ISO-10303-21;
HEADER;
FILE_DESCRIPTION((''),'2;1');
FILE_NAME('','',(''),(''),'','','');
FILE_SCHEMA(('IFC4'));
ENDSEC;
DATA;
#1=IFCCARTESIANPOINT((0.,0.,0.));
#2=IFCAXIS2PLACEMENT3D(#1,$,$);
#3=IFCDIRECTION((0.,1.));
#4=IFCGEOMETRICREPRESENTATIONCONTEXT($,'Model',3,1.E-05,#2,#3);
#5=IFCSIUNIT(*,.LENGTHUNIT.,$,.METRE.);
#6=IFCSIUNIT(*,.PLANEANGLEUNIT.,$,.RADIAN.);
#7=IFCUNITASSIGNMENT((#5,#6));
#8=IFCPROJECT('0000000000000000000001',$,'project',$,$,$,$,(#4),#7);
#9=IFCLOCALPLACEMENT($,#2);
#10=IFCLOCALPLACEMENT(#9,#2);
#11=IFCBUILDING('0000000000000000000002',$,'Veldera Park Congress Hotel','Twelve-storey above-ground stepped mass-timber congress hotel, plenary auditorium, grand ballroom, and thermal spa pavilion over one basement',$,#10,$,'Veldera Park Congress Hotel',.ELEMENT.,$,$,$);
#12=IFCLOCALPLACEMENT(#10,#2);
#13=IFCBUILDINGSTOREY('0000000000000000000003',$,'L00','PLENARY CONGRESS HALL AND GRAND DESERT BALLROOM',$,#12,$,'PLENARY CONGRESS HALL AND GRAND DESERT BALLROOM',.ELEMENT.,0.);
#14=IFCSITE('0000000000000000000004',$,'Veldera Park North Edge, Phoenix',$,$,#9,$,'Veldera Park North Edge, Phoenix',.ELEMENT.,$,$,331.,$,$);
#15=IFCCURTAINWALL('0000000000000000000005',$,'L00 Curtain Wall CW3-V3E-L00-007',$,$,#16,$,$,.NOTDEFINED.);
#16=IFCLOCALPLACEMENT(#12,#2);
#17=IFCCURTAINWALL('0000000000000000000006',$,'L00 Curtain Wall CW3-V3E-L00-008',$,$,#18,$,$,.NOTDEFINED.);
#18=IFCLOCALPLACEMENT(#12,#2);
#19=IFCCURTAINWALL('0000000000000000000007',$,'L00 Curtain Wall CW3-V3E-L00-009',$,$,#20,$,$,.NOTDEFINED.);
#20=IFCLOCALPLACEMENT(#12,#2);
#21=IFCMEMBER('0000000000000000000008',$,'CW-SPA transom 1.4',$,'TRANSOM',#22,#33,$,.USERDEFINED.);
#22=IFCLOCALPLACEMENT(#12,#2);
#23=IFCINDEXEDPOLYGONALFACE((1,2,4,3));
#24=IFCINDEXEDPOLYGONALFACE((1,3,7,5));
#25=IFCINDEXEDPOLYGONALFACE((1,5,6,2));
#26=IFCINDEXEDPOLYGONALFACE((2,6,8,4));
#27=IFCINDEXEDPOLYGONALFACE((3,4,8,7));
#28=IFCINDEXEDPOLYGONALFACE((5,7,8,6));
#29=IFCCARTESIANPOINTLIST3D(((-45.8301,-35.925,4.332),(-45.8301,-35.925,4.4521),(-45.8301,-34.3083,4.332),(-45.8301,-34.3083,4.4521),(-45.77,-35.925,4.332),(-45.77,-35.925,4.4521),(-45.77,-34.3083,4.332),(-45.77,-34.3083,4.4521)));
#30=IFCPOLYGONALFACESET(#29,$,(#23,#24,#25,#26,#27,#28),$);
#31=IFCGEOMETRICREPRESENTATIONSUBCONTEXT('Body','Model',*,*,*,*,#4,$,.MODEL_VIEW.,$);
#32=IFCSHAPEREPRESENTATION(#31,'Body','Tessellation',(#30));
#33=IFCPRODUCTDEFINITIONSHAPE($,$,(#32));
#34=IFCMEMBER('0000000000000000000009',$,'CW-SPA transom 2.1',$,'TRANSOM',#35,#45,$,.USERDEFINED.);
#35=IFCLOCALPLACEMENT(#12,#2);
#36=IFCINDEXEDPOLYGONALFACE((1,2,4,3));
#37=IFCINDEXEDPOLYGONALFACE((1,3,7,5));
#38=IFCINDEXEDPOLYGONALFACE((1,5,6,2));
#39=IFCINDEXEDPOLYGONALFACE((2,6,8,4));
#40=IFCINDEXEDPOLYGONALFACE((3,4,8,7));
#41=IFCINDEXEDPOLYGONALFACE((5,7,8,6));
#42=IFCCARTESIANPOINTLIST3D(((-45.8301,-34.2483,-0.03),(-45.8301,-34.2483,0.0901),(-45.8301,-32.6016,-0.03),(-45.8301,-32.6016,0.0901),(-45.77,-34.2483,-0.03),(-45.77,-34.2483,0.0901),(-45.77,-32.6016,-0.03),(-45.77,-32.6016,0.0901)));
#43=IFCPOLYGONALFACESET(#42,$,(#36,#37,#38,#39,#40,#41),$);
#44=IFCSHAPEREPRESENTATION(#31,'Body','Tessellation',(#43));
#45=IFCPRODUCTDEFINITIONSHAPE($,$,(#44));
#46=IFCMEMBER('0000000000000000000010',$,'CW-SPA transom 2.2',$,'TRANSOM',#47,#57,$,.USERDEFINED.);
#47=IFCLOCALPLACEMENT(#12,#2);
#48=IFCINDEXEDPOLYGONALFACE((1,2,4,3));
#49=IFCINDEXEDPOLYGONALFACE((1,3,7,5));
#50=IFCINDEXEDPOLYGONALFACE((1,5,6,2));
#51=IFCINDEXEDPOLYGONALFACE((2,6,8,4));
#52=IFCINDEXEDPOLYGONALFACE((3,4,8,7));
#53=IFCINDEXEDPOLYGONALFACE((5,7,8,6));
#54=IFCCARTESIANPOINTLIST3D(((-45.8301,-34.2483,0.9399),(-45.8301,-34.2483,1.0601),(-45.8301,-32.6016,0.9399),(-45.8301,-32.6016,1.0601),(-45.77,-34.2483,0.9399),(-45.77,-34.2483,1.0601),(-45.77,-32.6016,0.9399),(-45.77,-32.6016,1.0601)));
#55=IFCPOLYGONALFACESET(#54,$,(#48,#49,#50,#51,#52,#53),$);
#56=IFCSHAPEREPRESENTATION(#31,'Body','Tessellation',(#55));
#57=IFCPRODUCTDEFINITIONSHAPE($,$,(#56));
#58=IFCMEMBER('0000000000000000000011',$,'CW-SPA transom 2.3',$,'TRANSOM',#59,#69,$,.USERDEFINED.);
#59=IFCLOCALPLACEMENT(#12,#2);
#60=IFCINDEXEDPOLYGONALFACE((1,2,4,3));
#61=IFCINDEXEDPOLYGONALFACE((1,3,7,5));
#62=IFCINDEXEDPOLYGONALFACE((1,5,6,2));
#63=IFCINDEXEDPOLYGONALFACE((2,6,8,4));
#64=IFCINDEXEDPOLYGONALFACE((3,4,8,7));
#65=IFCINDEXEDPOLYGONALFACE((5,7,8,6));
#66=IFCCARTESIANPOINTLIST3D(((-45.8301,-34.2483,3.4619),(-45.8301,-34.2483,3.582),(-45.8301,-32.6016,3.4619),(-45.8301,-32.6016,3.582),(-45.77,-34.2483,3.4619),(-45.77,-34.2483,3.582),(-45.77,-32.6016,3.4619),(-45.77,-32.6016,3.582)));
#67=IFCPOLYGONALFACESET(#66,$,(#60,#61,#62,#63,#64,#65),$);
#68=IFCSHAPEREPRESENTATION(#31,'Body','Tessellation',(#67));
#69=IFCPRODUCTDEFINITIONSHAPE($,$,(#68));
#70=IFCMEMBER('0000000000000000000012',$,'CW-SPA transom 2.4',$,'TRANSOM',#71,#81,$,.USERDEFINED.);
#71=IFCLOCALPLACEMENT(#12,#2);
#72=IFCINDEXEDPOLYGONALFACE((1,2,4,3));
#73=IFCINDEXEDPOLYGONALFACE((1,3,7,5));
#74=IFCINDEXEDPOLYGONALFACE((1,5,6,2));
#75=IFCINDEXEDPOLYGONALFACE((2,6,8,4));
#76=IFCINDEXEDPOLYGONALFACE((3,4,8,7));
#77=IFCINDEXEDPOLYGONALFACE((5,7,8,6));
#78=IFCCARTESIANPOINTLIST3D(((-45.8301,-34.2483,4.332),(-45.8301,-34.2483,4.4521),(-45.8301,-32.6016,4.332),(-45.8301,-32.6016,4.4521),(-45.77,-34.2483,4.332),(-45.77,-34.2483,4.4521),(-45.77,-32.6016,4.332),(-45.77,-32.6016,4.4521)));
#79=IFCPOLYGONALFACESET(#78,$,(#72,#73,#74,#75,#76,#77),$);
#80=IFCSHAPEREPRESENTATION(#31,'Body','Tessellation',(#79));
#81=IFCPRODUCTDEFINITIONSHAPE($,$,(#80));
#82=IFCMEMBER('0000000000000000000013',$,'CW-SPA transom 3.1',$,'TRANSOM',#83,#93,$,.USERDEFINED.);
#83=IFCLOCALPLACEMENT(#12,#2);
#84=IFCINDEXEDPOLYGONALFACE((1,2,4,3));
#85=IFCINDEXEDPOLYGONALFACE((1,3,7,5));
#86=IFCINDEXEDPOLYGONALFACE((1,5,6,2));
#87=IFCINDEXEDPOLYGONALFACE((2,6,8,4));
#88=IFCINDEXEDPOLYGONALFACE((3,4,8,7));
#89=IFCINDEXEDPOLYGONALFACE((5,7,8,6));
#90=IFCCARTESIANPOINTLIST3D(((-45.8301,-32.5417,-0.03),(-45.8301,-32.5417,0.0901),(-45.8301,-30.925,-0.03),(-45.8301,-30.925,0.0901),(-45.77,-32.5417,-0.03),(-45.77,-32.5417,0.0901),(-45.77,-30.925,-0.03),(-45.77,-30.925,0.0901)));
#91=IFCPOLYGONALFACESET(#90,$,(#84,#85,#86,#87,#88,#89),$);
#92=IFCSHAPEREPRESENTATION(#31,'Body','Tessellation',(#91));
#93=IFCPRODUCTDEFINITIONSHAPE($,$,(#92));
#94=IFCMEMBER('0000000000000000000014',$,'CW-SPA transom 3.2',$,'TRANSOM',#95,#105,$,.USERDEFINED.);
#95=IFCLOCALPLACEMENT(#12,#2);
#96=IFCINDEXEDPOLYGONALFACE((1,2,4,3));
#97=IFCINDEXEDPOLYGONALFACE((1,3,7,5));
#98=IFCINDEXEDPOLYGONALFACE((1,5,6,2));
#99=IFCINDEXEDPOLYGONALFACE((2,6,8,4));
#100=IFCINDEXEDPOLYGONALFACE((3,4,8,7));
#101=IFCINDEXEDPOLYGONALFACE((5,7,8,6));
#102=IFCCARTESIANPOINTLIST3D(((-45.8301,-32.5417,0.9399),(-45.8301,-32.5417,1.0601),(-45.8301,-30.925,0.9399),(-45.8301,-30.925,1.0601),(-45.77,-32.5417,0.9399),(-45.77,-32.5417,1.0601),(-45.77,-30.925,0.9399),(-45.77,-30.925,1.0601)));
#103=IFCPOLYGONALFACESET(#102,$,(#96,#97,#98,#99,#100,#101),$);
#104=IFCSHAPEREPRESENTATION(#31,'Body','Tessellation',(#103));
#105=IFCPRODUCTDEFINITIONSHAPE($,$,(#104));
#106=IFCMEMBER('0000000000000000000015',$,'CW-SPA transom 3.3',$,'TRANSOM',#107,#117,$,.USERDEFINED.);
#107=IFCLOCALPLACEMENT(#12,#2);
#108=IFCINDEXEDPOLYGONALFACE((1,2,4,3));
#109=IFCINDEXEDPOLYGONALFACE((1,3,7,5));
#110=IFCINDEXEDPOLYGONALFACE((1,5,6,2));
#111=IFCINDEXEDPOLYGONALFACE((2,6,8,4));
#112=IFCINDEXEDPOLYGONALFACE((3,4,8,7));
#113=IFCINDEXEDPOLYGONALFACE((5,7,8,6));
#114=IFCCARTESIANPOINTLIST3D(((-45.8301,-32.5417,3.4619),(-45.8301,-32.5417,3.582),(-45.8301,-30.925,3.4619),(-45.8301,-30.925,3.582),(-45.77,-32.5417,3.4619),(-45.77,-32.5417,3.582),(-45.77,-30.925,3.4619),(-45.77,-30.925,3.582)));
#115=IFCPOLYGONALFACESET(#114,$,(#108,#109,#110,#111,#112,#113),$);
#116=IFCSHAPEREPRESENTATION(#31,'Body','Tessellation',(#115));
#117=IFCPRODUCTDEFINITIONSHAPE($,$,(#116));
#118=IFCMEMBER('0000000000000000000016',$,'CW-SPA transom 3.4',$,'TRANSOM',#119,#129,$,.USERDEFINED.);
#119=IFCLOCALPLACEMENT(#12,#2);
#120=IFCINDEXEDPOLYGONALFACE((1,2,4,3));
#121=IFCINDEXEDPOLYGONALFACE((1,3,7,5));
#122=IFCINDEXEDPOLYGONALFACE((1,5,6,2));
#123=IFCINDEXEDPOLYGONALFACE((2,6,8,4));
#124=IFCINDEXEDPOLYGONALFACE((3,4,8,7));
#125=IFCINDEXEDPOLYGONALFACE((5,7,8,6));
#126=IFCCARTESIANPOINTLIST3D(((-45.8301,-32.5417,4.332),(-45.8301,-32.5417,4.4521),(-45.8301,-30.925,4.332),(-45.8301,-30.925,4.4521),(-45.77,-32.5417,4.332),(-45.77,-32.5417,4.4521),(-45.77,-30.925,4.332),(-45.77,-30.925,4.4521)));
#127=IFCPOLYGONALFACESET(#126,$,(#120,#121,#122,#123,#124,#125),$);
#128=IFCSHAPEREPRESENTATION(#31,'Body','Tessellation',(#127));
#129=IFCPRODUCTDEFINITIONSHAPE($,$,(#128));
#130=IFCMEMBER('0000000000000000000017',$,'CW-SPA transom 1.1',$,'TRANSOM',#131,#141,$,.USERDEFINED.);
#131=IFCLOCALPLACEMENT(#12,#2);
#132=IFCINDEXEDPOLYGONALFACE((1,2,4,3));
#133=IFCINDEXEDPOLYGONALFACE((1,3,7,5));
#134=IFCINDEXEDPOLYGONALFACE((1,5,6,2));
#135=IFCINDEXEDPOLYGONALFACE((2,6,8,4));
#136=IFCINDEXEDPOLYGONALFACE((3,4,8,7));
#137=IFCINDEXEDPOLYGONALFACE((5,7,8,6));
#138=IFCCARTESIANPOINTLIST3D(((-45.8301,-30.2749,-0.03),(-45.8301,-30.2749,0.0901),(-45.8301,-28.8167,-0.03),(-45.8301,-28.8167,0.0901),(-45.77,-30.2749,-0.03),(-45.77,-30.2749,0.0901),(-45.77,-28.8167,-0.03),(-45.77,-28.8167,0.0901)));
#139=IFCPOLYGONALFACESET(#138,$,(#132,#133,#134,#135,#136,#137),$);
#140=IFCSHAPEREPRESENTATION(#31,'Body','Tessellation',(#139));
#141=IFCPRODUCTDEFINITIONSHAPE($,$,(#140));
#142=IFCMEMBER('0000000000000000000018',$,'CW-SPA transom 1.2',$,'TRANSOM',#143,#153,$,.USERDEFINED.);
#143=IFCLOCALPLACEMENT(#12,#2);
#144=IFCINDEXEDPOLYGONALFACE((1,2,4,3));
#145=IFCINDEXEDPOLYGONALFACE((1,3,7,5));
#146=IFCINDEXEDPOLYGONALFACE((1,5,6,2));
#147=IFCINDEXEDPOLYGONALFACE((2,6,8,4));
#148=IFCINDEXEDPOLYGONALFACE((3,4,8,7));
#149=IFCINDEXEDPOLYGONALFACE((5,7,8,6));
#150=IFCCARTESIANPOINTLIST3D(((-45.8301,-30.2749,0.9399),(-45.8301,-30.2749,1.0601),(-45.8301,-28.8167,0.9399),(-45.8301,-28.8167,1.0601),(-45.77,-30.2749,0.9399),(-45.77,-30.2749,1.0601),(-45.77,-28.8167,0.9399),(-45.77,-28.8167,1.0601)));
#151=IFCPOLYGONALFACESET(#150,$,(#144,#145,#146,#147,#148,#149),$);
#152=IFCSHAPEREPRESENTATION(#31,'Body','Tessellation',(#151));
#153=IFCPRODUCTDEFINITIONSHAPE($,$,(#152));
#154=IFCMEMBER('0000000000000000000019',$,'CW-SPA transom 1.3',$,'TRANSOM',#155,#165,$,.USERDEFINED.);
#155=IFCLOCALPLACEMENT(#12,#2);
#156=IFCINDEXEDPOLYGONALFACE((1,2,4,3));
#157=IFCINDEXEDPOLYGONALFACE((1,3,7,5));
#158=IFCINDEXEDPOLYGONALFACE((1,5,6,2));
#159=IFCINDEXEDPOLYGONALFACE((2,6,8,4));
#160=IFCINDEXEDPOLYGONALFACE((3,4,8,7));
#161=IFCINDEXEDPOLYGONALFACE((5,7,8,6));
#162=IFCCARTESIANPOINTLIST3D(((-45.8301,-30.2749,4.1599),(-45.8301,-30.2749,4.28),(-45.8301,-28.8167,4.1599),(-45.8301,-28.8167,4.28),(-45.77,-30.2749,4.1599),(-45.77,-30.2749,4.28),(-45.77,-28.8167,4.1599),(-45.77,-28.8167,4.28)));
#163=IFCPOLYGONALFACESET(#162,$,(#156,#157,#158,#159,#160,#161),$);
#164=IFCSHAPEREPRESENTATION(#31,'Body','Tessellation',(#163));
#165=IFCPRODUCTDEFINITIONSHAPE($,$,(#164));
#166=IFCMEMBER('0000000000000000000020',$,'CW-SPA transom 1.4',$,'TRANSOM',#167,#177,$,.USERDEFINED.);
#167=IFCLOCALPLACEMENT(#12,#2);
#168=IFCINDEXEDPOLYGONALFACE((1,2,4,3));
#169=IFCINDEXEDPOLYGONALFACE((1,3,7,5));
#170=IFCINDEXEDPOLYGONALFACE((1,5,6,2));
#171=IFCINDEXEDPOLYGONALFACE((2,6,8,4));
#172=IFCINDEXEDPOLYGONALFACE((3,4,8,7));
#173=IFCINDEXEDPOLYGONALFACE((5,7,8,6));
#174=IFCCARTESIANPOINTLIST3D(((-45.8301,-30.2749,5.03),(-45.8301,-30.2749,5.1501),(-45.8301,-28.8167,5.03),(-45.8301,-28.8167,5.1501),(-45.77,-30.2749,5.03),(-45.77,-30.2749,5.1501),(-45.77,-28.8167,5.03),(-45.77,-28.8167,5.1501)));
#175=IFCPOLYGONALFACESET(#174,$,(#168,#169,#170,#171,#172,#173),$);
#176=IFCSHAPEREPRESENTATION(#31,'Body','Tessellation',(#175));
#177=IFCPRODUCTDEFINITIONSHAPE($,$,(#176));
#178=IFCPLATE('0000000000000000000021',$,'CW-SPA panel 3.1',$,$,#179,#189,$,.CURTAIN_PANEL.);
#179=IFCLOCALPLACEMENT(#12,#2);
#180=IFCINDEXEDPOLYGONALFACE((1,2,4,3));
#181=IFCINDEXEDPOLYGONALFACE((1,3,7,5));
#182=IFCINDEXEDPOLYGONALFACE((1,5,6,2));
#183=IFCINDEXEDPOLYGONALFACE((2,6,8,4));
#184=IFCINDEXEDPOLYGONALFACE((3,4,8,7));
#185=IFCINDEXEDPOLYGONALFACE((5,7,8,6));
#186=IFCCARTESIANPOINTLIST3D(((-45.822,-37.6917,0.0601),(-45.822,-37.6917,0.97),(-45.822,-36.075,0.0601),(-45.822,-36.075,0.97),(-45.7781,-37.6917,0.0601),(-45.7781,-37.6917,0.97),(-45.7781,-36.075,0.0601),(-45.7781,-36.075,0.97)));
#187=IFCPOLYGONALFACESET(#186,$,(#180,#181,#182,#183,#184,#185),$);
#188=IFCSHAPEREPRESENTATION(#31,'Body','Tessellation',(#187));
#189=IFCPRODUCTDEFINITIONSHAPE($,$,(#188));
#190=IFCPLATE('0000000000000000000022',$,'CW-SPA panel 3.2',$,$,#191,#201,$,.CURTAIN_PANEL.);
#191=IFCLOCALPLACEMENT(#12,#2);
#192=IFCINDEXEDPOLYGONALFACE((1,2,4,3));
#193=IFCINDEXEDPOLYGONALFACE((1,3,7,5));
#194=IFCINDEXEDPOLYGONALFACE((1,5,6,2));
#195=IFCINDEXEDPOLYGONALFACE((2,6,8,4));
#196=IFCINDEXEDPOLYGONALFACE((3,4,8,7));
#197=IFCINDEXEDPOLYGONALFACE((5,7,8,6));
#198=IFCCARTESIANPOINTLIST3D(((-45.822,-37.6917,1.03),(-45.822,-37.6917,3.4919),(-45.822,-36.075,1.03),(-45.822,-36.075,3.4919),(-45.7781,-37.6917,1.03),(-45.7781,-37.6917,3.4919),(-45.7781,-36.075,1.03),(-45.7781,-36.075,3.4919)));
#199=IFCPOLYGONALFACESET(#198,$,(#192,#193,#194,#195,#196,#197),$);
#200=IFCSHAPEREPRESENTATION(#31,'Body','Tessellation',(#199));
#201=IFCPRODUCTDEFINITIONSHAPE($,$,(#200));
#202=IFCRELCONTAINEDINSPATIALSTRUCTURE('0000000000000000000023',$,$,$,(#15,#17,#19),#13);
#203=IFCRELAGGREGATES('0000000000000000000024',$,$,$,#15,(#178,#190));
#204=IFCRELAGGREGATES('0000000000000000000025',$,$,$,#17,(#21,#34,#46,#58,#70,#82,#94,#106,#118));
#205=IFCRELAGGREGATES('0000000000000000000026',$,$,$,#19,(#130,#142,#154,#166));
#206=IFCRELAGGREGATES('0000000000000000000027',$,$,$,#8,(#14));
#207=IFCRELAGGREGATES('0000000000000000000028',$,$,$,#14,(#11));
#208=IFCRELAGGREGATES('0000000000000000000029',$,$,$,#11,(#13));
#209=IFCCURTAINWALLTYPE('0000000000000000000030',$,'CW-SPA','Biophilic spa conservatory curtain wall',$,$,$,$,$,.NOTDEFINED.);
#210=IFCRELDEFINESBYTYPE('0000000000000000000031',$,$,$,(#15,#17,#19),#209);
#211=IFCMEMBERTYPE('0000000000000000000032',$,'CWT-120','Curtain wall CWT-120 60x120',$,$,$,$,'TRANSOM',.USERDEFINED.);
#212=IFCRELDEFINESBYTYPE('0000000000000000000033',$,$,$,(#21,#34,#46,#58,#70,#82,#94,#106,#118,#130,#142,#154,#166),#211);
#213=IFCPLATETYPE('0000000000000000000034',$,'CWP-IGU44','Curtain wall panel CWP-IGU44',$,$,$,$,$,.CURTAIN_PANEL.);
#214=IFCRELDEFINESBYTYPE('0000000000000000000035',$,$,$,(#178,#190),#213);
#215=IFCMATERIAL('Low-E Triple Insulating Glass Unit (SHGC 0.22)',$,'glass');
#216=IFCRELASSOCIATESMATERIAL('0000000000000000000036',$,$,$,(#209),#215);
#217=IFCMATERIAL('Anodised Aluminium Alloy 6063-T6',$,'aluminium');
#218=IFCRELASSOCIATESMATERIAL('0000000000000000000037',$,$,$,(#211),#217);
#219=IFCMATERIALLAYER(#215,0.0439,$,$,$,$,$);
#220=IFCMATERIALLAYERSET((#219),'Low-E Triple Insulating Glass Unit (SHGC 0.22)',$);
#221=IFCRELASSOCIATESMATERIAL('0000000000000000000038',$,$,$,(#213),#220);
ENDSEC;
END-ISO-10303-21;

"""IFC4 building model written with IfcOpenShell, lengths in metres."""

from ifc_helpers import new_model, si_unit, direction, frame, origin, origin_2d, place, context, subcontext, project, spatial, rectangle, extrude, material, layer, layer_set, material_profile, profile_set, type_object, element, aggregate, save


model = new_model("IFC4")

# Units and contexts
model_context = context("Model", 3, precision=1e-05, world=origin(), true_north=direction((0.0, 1.0)))
body_context = subcontext(model_context, "Body", "Model", "MODEL_VIEW")
ifc_project = project(units=[si_unit("LENGTHUNIT", "METRE"), si_unit("PLANEANGLEUNIT", "RADIAN")], contexts=[model_context])

# Site, building, storey
site_placement = place(None, origin())
site = spatial("IfcSite", under=ifc_project, at=site_placement, Name="Veldera Park North Edge, Phoenix", LongName="Veldera Park North Edge, Phoenix", CompositionType="ELEMENT", RefElevation=331.0)
building_placement = place(site_placement, origin())
building = spatial("IfcBuilding", under=site, at=building_placement, Name="Veldera Park Congress Hotel", Description="Twelve-storey above-ground stepped mass-timber congress hotel, plenary auditorium, grand ballroom, and thermal spa pavilion over one basement", LongName="Veldera Park Congress Hotel", CompositionType="ELEMENT")
storey_placement = place(building_placement, origin())
storey = spatial("IfcBuildingStorey", under=building, at=storey_placement, Name="L00", Description="PLENARY CONGRESS HALL AND GRAND DESERT BALLROOM", LongName="PLENARY CONGRESS HALL AND GRAND DESERT BALLROOM", CompositionType="ELEMENT", Elevation=0.0)

# Curtain wall
ifc_material_1 = material(Name="Low-E Triple Insulating Glass Unit (SHGC 0.22)", Category="glass")
curtain_wall_type = type_object("IfcCurtainWallType", Name="CW-SPA", Description="Biophilic spa conservatory curtain wall", PredefinedType="NOTDEFINED", material=ifc_material_1)
curtain_wall_1_placement = place(storey_placement, origin())
curtain_wall_1 = element("IfcCurtainWall", 1, at=curtain_wall_1_placement, inside=storey, type_object=curtain_wall_type, Name="L00 Curtain Wall CW3-V3E-L00-007", PredefinedType="NOTDEFINED")
ifc_material_2 = material(Name="Anodised Aluminium Alloy 6063-T6", Category="aluminium")

# Curtain wall
curtain_wall_2_placement = place(storey_placement, origin())
curtain_wall_2 = element("IfcCurtainWall", 2, at=curtain_wall_2_placement, inside=storey, type_object=curtain_wall_type, Name="L00 Curtain Wall CW3-V3E-L00-008", PredefinedType="NOTDEFINED")

# Curtain wall
curtain_wall_3_placement = place(storey_placement, origin())
curtain_wall_3 = element("IfcCurtainWall", 3, at=curtain_wall_3_placement, inside=storey, type_object=curtain_wall_type, Name="L00 Curtain Wall CW3-V3E-L00-009", PredefinedType="NOTDEFINED")

# Members
ifc_material_profile_1 = material_profile(ifc_material_2, rectangle(XDim=0.0601, YDim=0.1201, at=origin_2d()), Name="ALU 60x120")
ifc_profile_set_1 = profile_set([ifc_material_profile_1], Name="Anodised Aluminium Alloy 6063-T6")
member_type_1 = type_object("IfcMemberType", Name="CWT-120", Description="Curtain wall CWT-120 60x120", ElementType="TRANSOM", PredefinedType="USERDEFINED", material=ifc_profile_set_1)
member_1_placement = place(storey_placement, frame((-45.8, -35.925, 4.3921), z_axis=(0.0, 1.0, 0.0), x_axis=(-1.0, 0.0, 0.0)))
member_1 = element("IfcMember", 4, at=member_1_placement, type_object=member_type_1, Name="CW-SPA transom 1.4", ObjectType="TRANSOM", PredefinedType="USERDEFINED", context=body_context, shape_type="SweptSolid", body=[
    extrude(rectangle(XDim=0.0601, YDim=0.1201, at=origin_2d()), origin(), (0.0, 0.0, 1.0), 1.6167),
])
member_2_placement = place(storey_placement, frame((-45.8, -34.2483, 0.03), z_axis=(0.0, 1.0, 0.0), x_axis=(-1.0, 0.0, 0.0)))
member_2 = element("IfcMember", 5, at=member_2_placement, type_object=member_type_1, Name="CW-SPA transom 2.1", ObjectType="TRANSOM", PredefinedType="USERDEFINED", context=body_context, shape_type="SweptSolid", body=[
    extrude(rectangle(XDim=0.0601, YDim=0.1201, at=origin_2d()), origin(), (0.0, 0.0, 1.0), 1.6467),
])
member_3_placement = place(storey_placement, frame((-45.8, -34.2483, 1.0), z_axis=(0.0, 1.0, 0.0), x_axis=(-1.0, 0.0, 0.0)))
member_3 = element("IfcMember", 6, at=member_3_placement, type_object=member_type_1, Name="CW-SPA transom 2.2", ObjectType="TRANSOM", PredefinedType="USERDEFINED", context=body_context, shape_type="SweptSolid", body=[
    extrude(rectangle(XDim=0.0601, YDim=0.1201, at=origin_2d()), origin(), (0.0, 0.0, 1.0), 1.6467),
])
member_4_placement = place(storey_placement, frame((-45.8, -34.2483, 3.522), z_axis=(0.0, 1.0, 0.0), x_axis=(-1.0, 0.0, 0.0)))
member_4 = element("IfcMember", 7, at=member_4_placement, type_object=member_type_1, Name="CW-SPA transom 2.3", ObjectType="TRANSOM", PredefinedType="USERDEFINED", context=body_context, shape_type="SweptSolid", body=[
    extrude(rectangle(XDim=0.0601, YDim=0.1201, at=origin_2d()), origin(), (0.0, 0.0, 1.0), 1.6467),
])
member_5_placement = place(storey_placement, frame((-45.8, -34.2483, 4.3921), z_axis=(0.0, 1.0, 0.0), x_axis=(-1.0, 0.0, 0.0)))
member_5 = element("IfcMember", 8, at=member_5_placement, type_object=member_type_1, Name="CW-SPA transom 2.4", ObjectType="TRANSOM", PredefinedType="USERDEFINED", context=body_context, shape_type="SweptSolid", body=[
    extrude(rectangle(XDim=0.0601, YDim=0.1201, at=origin_2d()), origin(), (0.0, 0.0, 1.0), 1.6467),
])
member_6_placement = place(storey_placement, frame((-45.8, -32.5417, 0.03), z_axis=(0.0, 1.0, 0.0), x_axis=(-1.0, 0.0, 0.0)))
member_6 = element("IfcMember", 9, at=member_6_placement, type_object=member_type_1, Name="CW-SPA transom 3.1", ObjectType="TRANSOM", PredefinedType="USERDEFINED", context=body_context, shape_type="SweptSolid", body=[
    extrude(rectangle(XDim=0.0601, YDim=0.1201, at=origin_2d()), origin(), (0.0, 0.0, 1.0), 1.6167),
])
member_7_placement = place(storey_placement, frame((-45.8, -32.5417, 1.0), z_axis=(0.0, 1.0, 0.0), x_axis=(-1.0, 0.0, 0.0)))
member_7 = element("IfcMember", 10, at=member_7_placement, type_object=member_type_1, Name="CW-SPA transom 3.2", ObjectType="TRANSOM", PredefinedType="USERDEFINED", context=body_context, shape_type="SweptSolid", body=[
    extrude(rectangle(XDim=0.0601, YDim=0.1201, at=origin_2d()), origin(), (0.0, 0.0, 1.0), 1.6167),
])
member_8_placement = place(storey_placement, frame((-45.8, -32.5417, 3.522), z_axis=(0.0, 1.0, 0.0), x_axis=(-1.0, 0.0, 0.0)))
member_8 = element("IfcMember", 11, at=member_8_placement, type_object=member_type_1, Name="CW-SPA transom 3.3", ObjectType="TRANSOM", PredefinedType="USERDEFINED", context=body_context, shape_type="SweptSolid", body=[
    extrude(rectangle(XDim=0.0601, YDim=0.1201, at=origin_2d()), origin(), (0.0, 0.0, 1.0), 1.6167),
])
member_9_placement = place(storey_placement, frame((-45.8, -32.5417, 4.3921), z_axis=(0.0, 1.0, 0.0), x_axis=(-1.0, 0.0, 0.0)))
member_9 = element("IfcMember", 12, at=member_9_placement, type_object=member_type_1, Name="CW-SPA transom 3.4", ObjectType="TRANSOM", PredefinedType="USERDEFINED", context=body_context, shape_type="SweptSolid", body=[
    extrude(rectangle(XDim=0.0601, YDim=0.1201, at=origin_2d()), origin(), (0.0, 0.0, 1.0), 1.6167),
])
member_10_placement = place(storey_placement, frame((-45.8, -30.2749, 0.03), z_axis=(0.0, 1.0, 0.0), x_axis=(-1.0, 0.0, 0.0)))
member_10 = element("IfcMember", 13, at=member_10_placement, type_object=member_type_1, Name="CW-SPA transom 1.1", ObjectType="TRANSOM", PredefinedType="USERDEFINED", context=body_context, shape_type="SweptSolid", body=[
    extrude(rectangle(XDim=0.0601, YDim=0.1201, at=origin_2d()), origin(), (0.0, 0.0, 1.0), 1.4583),
])
member_11_placement = place(storey_placement, frame((-45.8, -30.2749, 1.0), z_axis=(0.0, 1.0, 0.0), x_axis=(-1.0, 0.0, 0.0)))
member_11 = element("IfcMember", 14, at=member_11_placement, type_object=member_type_1, Name="CW-SPA transom 1.2", ObjectType="TRANSOM", PredefinedType="USERDEFINED", context=body_context, shape_type="SweptSolid", body=[
    extrude(rectangle(XDim=0.0601, YDim=0.1201, at=origin_2d()), origin(), (0.0, 0.0, 1.0), 1.4583),
])
member_12_placement = place(storey_placement, frame((-45.8, -30.2749, 4.22), z_axis=(0.0, 1.0, 0.0), x_axis=(-1.0, 0.0, 0.0)))
member_12 = element("IfcMember", 15, at=member_12_placement, type_object=member_type_1, Name="CW-SPA transom 1.3", ObjectType="TRANSOM", PredefinedType="USERDEFINED", context=body_context, shape_type="SweptSolid", body=[
    extrude(rectangle(XDim=0.0601, YDim=0.1201, at=origin_2d()), origin(), (0.0, 0.0, 1.0), 1.4583),
])
member_13_placement = place(storey_placement, frame((-45.8, -30.2749, 5.0901), z_axis=(0.0, 1.0, 0.0), x_axis=(-1.0, 0.0, 0.0)))
member_13 = element("IfcMember", 16, at=member_13_placement, type_object=member_type_1, Name="CW-SPA transom 1.4", ObjectType="TRANSOM", PredefinedType="USERDEFINED", context=body_context, shape_type="SweptSolid", body=[
    extrude(rectangle(XDim=0.0601, YDim=0.1201, at=origin_2d()), origin(), (0.0, 0.0, 1.0), 1.4583),
])

# Plates
ifc_layer = layer(ifc_material_1, 0.0439)
ifc_layer_set = layer_set([ifc_layer], Name="Low-E Triple Insulating Glass Unit (SHGC 0.22)")
plate_type = type_object("IfcPlateType", Name="CWP-IGU44", Description="Curtain wall panel CWP-IGU44", PredefinedType="CURTAIN_PANEL", material=ifc_layer_set)
plate_1_placement = place(storey_placement, frame((-45.8, -36.8833, 0.0601), z_axis=(0.0, 0.0, 1.0), x_axis=(0.0, 1.0, 0.0)))
plate_1 = element("IfcPlate", 17, at=plate_1_placement, type_object=plate_type, Name="CW-SPA panel 3.1", PredefinedType="CURTAIN_PANEL", context=body_context, shape_type="SweptSolid", body=[
    extrude(rectangle(XDim=1.6167, YDim=0.0439, at=origin_2d()), origin(), (0.0, 0.0, 1.0), 0.9099),
])
plate_2_placement = place(storey_placement, frame((-45.8, -36.8833, 1.03), z_axis=(0.0, 0.0, 1.0), x_axis=(0.0, 1.0, 0.0)))
plate_2 = element("IfcPlate", 18, at=plate_2_placement, type_object=plate_type, Name="CW-SPA panel 3.2", PredefinedType="CURTAIN_PANEL", context=body_context, shape_type="SweptSolid", body=[
    extrude(rectangle(XDim=1.6167, YDim=0.0439, at=origin_2d()), origin(), (0.0, 0.0, 1.0), 2.4619),
])
aggregate(curtain_wall_1, [plate_1, plate_2])
aggregate(curtain_wall_2, [member_1, member_2, member_3, member_4, member_5, member_6, member_7, member_8, member_9])
aggregate(curtain_wall_3, [member_10, member_11, member_12, member_13])

save(model, "model.ifc")
